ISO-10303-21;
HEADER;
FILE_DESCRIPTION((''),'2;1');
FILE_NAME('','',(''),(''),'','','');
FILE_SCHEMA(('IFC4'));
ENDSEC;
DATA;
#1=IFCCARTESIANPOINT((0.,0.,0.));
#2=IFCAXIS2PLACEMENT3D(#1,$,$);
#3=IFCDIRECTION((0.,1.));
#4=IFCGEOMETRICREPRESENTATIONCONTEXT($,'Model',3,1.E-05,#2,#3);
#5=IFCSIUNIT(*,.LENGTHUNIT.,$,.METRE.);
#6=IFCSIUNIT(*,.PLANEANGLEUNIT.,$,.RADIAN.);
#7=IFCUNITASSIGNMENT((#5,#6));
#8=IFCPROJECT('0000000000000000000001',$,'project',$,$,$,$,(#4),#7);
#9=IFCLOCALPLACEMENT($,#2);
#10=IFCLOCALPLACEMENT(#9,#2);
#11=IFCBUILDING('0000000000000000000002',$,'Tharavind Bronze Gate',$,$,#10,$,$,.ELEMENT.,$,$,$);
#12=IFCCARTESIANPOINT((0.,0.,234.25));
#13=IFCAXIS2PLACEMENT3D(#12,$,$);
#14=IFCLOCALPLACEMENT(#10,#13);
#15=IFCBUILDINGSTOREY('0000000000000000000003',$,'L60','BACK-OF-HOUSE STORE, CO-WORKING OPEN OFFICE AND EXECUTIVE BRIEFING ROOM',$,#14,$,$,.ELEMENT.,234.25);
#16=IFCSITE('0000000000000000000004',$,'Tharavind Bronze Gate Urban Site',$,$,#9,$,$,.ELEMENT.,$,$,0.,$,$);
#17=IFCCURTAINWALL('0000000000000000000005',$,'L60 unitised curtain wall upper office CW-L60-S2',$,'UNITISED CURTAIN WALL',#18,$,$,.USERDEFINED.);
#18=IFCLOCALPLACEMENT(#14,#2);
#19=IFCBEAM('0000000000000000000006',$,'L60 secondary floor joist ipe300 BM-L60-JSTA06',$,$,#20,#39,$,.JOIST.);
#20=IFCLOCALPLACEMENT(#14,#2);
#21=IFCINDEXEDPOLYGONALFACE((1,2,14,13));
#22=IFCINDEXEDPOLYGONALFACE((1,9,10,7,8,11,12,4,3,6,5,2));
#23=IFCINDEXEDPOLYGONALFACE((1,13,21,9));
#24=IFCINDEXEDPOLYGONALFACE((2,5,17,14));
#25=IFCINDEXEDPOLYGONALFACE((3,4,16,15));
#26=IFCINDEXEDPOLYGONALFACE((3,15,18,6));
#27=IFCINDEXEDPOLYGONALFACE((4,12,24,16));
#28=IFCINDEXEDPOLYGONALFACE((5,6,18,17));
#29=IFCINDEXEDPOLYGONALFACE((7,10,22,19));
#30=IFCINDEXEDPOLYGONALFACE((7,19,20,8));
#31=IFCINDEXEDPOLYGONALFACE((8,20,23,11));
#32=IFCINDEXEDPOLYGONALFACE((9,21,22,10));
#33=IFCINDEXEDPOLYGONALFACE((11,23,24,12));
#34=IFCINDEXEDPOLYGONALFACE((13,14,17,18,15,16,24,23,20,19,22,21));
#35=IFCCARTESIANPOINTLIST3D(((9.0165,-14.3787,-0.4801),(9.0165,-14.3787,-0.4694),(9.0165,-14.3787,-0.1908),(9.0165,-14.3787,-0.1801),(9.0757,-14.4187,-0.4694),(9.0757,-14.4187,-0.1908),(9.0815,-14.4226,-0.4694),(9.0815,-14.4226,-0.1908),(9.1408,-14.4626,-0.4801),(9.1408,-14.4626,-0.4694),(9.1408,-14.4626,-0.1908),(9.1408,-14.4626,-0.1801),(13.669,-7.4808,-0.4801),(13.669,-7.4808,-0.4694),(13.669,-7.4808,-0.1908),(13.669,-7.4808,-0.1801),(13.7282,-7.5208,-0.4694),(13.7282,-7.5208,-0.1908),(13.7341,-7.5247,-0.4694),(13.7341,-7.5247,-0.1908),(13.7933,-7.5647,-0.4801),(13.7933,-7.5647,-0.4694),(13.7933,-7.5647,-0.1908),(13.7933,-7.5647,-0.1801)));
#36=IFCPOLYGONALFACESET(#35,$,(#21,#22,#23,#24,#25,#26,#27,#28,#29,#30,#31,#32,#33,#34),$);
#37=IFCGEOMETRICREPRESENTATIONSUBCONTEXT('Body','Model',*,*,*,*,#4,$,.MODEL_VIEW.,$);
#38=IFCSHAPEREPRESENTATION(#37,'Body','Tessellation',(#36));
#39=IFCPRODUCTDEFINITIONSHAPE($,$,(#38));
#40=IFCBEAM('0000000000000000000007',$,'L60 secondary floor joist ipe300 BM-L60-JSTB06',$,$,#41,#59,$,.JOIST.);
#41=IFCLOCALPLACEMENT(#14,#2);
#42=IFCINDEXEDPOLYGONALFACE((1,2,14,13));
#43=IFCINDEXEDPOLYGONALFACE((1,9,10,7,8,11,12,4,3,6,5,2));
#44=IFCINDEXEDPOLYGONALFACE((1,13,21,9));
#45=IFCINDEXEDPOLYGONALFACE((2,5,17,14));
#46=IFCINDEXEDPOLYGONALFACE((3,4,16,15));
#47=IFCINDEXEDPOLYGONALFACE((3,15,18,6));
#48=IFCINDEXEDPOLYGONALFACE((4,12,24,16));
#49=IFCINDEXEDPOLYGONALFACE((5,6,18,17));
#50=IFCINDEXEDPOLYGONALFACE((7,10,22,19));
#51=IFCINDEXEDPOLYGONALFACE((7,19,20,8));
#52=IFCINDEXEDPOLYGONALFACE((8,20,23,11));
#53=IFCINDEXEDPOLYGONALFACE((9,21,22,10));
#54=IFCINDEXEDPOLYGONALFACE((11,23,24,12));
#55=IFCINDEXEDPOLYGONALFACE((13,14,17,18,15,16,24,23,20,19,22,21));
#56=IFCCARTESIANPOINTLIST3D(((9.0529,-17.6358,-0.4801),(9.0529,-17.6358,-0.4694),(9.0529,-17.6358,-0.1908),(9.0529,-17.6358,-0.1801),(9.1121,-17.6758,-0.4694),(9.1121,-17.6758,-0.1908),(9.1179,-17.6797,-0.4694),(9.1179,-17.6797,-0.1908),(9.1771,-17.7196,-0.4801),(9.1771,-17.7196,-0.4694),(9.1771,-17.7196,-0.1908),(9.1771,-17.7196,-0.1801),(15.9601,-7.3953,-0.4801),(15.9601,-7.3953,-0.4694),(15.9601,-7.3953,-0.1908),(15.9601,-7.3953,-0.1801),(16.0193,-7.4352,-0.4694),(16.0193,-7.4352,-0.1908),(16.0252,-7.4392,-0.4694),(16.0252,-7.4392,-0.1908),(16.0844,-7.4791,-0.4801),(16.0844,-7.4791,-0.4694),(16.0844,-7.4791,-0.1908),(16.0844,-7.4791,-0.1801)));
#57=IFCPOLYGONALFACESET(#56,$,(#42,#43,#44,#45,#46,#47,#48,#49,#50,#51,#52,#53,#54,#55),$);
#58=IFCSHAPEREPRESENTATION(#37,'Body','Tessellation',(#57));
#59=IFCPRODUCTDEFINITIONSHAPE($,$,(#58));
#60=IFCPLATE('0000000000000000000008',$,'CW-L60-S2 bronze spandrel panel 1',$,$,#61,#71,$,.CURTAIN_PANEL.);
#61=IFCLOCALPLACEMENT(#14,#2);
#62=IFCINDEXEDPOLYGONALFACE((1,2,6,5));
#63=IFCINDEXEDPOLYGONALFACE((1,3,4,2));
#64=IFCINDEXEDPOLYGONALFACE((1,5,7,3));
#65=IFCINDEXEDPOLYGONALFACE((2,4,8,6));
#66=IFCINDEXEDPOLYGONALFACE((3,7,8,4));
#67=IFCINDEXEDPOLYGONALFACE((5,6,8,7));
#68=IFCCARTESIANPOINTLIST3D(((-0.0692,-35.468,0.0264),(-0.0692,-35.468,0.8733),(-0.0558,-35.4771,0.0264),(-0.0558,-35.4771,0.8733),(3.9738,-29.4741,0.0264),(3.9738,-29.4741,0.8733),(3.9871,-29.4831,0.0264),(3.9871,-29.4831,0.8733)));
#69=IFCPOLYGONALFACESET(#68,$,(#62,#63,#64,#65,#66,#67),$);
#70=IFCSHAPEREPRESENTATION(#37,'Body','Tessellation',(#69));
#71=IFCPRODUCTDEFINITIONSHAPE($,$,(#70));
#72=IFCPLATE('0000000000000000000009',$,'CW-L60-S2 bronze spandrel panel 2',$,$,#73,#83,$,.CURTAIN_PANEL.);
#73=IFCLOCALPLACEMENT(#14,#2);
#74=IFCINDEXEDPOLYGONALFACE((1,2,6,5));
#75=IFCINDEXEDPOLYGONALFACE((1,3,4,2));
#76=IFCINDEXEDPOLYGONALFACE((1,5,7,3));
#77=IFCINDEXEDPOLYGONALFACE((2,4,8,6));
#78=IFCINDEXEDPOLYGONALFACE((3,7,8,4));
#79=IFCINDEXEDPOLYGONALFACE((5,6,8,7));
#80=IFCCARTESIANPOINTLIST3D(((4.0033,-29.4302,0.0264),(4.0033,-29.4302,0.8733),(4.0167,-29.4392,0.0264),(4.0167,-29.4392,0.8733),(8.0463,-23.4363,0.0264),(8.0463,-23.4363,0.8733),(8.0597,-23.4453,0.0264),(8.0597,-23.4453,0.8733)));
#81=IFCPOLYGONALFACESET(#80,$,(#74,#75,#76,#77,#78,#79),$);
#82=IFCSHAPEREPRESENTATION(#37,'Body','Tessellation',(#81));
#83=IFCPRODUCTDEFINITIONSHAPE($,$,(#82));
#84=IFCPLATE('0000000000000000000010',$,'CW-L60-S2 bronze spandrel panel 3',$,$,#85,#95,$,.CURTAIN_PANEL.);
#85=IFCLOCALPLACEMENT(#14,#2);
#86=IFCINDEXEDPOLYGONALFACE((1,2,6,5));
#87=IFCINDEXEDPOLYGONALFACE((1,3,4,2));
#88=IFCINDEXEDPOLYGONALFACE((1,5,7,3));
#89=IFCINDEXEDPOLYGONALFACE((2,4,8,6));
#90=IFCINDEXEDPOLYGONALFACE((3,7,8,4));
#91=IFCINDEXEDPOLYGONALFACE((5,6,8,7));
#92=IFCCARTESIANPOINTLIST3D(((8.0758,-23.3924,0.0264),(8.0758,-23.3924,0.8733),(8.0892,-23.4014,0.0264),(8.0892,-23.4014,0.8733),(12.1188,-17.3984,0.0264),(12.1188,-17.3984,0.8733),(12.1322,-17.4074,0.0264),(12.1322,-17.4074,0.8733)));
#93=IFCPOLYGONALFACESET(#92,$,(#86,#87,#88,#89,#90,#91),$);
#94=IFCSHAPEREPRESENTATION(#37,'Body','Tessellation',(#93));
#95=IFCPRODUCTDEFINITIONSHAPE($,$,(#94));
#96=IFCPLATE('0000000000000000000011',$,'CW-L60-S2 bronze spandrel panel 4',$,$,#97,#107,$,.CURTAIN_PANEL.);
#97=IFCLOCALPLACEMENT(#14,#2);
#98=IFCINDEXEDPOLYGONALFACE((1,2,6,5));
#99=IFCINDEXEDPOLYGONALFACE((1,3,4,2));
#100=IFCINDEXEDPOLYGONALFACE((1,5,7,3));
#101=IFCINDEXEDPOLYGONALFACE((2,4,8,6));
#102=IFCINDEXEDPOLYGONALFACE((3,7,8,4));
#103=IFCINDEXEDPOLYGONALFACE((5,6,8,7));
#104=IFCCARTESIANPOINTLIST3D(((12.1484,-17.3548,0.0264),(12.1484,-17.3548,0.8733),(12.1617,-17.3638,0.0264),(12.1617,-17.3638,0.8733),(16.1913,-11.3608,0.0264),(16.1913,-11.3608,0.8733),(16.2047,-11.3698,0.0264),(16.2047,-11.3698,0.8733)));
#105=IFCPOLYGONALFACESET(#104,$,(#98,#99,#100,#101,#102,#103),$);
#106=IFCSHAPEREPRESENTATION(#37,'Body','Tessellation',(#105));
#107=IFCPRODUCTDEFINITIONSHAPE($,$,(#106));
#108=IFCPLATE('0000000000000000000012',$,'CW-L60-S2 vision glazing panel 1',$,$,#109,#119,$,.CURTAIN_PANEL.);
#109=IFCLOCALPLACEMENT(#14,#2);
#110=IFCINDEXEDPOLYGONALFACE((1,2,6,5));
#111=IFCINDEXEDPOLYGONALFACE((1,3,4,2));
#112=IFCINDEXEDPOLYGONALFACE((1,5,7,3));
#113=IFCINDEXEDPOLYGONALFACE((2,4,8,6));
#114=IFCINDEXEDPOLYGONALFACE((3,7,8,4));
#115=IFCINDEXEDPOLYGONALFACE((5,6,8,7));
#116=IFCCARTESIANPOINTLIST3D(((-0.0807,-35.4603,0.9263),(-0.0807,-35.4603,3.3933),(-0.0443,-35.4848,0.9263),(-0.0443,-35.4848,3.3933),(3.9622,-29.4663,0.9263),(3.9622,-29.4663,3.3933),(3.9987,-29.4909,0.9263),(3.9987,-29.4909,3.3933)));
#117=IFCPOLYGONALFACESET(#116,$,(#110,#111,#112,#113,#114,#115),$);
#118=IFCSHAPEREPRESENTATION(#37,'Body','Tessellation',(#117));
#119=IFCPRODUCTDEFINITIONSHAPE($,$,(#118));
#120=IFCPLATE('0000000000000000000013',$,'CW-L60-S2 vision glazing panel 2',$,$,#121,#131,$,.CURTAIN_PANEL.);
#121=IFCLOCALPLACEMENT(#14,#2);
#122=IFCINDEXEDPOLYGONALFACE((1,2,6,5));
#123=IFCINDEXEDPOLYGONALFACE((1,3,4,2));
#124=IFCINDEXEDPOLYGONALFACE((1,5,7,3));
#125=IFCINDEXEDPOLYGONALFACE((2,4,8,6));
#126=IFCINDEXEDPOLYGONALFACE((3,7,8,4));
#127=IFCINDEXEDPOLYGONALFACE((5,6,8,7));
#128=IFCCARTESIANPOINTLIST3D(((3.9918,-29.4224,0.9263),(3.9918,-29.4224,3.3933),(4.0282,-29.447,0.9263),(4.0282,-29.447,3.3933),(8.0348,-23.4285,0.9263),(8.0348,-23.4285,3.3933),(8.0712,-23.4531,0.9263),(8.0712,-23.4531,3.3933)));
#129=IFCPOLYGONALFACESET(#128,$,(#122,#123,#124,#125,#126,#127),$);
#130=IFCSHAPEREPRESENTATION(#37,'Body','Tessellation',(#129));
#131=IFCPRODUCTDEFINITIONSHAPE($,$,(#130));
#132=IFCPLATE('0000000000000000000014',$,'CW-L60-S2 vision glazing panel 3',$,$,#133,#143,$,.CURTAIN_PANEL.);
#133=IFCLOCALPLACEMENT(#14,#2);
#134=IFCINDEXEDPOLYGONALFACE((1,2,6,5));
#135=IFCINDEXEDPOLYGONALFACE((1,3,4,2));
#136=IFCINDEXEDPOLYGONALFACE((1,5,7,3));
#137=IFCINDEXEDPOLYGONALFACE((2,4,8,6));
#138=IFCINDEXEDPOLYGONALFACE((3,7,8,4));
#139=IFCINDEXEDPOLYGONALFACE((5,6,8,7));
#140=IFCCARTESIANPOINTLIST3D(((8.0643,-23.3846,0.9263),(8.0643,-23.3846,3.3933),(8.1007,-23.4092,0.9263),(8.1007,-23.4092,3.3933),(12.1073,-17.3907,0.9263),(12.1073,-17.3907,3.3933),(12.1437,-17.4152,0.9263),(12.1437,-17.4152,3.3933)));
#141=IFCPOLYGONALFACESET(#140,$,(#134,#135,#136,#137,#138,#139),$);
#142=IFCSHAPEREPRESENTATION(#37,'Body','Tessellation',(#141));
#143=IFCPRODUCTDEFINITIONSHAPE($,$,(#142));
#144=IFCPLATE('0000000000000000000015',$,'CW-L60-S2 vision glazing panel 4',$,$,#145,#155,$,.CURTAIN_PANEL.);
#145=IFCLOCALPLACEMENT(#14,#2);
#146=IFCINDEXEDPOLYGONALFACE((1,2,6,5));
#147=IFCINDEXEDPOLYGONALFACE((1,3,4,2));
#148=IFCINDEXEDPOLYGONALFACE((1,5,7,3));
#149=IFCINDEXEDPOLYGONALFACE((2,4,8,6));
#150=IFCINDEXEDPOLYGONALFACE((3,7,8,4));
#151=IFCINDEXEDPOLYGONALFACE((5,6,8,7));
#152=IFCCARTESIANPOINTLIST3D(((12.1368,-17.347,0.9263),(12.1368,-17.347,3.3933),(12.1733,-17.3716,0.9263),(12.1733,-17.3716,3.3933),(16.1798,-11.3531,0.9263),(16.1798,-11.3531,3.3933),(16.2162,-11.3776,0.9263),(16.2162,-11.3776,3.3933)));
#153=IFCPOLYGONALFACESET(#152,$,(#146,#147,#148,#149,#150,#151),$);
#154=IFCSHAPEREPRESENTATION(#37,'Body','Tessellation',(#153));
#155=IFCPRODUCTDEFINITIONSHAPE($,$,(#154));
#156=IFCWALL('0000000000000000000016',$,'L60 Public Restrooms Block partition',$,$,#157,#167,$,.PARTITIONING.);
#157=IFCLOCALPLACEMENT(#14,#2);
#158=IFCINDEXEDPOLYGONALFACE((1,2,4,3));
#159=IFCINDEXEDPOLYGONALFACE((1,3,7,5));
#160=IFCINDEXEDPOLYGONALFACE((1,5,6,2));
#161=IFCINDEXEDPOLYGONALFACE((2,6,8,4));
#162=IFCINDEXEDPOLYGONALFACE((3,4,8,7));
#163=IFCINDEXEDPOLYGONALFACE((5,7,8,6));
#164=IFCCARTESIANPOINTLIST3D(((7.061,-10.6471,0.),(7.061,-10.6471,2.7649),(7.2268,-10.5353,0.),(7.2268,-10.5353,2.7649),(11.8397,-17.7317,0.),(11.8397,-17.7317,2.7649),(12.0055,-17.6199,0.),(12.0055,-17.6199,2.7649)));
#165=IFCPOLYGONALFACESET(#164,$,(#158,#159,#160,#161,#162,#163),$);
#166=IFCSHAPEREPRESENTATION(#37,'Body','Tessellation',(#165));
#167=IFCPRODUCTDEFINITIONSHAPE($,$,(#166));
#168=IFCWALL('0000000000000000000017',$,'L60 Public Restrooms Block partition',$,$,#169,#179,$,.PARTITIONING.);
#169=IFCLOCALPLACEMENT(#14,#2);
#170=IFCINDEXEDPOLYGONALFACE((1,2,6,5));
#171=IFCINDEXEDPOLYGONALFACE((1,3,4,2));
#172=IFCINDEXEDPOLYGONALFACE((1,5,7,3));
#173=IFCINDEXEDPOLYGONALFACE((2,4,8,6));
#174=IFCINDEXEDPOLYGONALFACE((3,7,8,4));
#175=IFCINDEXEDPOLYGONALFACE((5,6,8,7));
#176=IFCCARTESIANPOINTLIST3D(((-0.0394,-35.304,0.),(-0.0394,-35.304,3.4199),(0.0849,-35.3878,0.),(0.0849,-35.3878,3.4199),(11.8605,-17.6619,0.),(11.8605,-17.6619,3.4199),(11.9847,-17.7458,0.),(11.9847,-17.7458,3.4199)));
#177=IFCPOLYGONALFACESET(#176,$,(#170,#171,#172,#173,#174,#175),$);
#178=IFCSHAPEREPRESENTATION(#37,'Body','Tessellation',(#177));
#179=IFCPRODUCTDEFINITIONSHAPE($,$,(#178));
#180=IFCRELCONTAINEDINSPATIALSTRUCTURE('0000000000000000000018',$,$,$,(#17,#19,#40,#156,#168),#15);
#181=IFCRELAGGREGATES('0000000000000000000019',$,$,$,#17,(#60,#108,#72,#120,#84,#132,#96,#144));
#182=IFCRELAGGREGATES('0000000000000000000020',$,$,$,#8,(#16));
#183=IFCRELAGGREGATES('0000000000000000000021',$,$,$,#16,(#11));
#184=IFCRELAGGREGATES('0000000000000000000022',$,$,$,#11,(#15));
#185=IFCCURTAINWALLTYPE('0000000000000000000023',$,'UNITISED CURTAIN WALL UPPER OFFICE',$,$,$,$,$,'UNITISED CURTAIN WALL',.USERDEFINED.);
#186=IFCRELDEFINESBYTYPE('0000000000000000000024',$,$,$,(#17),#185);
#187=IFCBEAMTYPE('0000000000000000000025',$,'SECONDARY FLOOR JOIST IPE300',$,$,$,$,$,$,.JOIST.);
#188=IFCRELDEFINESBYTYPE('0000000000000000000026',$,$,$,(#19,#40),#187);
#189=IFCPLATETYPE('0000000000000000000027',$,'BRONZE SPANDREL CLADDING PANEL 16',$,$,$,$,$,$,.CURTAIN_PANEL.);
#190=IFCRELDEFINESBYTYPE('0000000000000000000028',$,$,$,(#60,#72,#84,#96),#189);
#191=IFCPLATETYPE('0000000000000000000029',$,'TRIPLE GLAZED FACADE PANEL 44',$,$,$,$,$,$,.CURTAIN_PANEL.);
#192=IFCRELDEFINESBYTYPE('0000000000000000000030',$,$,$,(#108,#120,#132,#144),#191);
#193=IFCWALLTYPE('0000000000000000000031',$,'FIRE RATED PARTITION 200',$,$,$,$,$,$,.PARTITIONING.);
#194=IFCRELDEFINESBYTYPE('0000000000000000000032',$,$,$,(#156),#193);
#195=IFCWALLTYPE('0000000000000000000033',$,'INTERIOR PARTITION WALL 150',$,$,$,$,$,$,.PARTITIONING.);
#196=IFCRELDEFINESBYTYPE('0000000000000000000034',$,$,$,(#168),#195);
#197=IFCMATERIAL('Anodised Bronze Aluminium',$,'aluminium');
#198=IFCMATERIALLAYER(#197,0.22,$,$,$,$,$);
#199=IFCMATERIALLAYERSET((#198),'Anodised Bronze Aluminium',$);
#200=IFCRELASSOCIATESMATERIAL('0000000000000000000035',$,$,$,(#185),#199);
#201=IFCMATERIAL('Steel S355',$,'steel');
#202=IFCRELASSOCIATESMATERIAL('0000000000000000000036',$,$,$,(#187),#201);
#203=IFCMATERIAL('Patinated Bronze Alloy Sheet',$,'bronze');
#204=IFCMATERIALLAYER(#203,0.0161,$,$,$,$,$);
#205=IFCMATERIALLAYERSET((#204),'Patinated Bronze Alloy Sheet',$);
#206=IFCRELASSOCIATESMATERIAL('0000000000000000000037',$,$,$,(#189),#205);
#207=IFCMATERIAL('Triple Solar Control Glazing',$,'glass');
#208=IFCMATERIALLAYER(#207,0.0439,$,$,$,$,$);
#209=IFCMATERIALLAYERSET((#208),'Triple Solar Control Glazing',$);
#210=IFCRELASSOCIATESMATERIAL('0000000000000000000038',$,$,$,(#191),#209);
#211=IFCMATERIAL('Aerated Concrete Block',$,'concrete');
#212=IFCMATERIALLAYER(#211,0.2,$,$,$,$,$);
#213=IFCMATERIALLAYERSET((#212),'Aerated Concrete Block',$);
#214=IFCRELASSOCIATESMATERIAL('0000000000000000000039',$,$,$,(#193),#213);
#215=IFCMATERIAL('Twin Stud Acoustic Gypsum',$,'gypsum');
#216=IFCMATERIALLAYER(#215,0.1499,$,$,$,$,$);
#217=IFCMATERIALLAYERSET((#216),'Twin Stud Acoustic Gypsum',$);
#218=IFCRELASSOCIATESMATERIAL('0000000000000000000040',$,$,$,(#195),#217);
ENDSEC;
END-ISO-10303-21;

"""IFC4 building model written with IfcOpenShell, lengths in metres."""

from ifc_helpers import new_model, si_unit, direction, frame, frame_2d, origin, origin_2d, place, context, subcontext, project, spatial, rectangle, i_section, extrude, material, layer, layer_set, material_profile, profile_set, type_object, element, aggregate, save


model = new_model("IFC4")

# Units and contexts
model_context = context("Model", 3, precision=1e-05, world=origin(), true_north=direction((0.0, 1.0)))
body_context = subcontext(model_context, "Body", "Model", "MODEL_VIEW")
ifc_project = project(units=[si_unit("LENGTHUNIT", "METRE"), si_unit("PLANEANGLEUNIT", "RADIAN")], contexts=[model_context])

# Site, building, storey
site_placement = place(None, origin())
site = spatial("IfcSite", under=ifc_project, at=site_placement, Name="Tharavind Bronze Gate Urban Site", CompositionType="ELEMENT", RefElevation=0.0)
building_placement = place(site_placement, origin())
building = spatial("IfcBuilding", under=site, at=building_placement, Name="Tharavind Bronze Gate", CompositionType="ELEMENT")
storey_placement = place(building_placement, frame((0.0, 0.0, 234.25)))
storey = spatial("IfcBuildingStorey", under=building, at=storey_placement, Name="L60", Description="BACK-OF-HOUSE STORE, CO-WORKING OPEN OFFICE AND EXECUTIVE BRIEFING ROOM", CompositionType="ELEMENT", Elevation=234.25)

# Curtain wall
ifc_material_1 = material(Name="Anodised Bronze Aluminium", Category="aluminium")
ifc_layer_1 = layer(ifc_material_1, 0.22)
ifc_layer_set_1 = layer_set([ifc_layer_1], Name="Anodised Bronze Aluminium")
curtain_wall_type = type_object("IfcCurtainWallType", Name="UNITISED CURTAIN WALL UPPER OFFICE", ElementType="UNITISED CURTAIN WALL", PredefinedType="USERDEFINED", material=ifc_layer_set_1)
curtain_wall_placement = place(storey_placement, origin())
curtain_wall = element("IfcCurtainWall", 1, at=curtain_wall_placement, inside=storey, type_object=curtain_wall_type, Name="L60 unitised curtain wall upper office CW-L60-S2", ObjectType="UNITISED CURTAIN WALL", PredefinedType="USERDEFINED")

# Beams
ifc_material_2 = material(Name="Steel S355", Category="steel")
ifc_material_profile_1 = material_profile(ifc_material_2, i_section(OverallWidth=0.1499, OverallDepth=0.3, WebThickness=0.0071, FlangeThickness=0.0107, at=origin_2d()), Name="IPE300")
ifc_profile_set_1 = profile_set([ifc_material_profile_1], Name="Steel S355")
beam_type_1 = type_object("IfcBeamType", Name="SECONDARY FLOOR JOIST IPE300", PredefinedType="JOIST", material=ifc_profile_set_1)
beam_1_placement = place(storey_placement, frame((9.0786, -14.4207, -0.3301), z_axis=(0.559182, 0.829045, 0.0), x_axis=(-0.829045, 0.559182, 0.0)))
element("IfcBeam", 2, at=beam_1_placement, inside=storey, type_object=beam_type_1, Name="L60 secondary floor joist ipe300 BM-L60-JSTA06", PredefinedType="JOIST", context=body_context, shape_type="SweptSolid", body=[
    extrude(i_section(OverallWidth=0.1499, OverallDepth=0.3, WebThickness=0.0071, FlangeThickness=0.0107, at=origin_2d()), origin(), (0.0, 0.0, 1.0), 8.3203),
])
beam_2_placement = place(storey_placement, frame((9.115, -17.6777, -0.3301), z_axis=(0.559189, 0.82904, 0.0), x_axis=(-0.82904, 0.559189, 0.0)))
element("IfcBeam", 3, at=beam_2_placement, inside=storey, type_object=beam_type_1, Name="L60 secondary floor joist ipe300 BM-L60-JSTB06", PredefinedType="JOIST", context=body_context, shape_type="SweptSolid", body=[
    extrude(i_section(OverallWidth=0.1499, OverallDepth=0.3, WebThickness=0.0071, FlangeThickness=0.0107, at=origin_2d()), origin(), (0.0, 0.0, 1.0), 12.3523),
])

# Plates
ifc_material_3 = material(Name="Patinated Bronze Alloy Sheet", Category="bronze")
ifc_layer_2 = layer(ifc_material_3, 0.0161)
ifc_layer_set_2 = layer_set([ifc_layer_2], Name="Patinated Bronze Alloy Sheet")
plate_type_1 = type_object("IfcPlateType", Name="BRONZE SPANDREL CLADDING PANEL 16", PredefinedType="CURTAIN_PANEL", material=ifc_layer_set_2)
plate_1_placement = place(storey_placement, frame((1.959, -32.4756, 0.0264), z_axis=(0.0, 0.0, 1.0), x_axis=(0.559193, 0.829038, 0.0)))
plate_1 = element("IfcPlate", 4, at=plate_1_placement, type_object=plate_type_1, Name="CW-L60-S2 bronze spandrel panel 1", PredefinedType="CURTAIN_PANEL", context=body_context, shape_type="SweptSolid", body=[
    extrude(rectangle(XDim=7.23, YDim=0.0161, at=origin_2d()), origin(), (0.0, 0.0, 1.0), 0.8469),
])
plate_2_placement = place(storey_placement, frame((6.0315, -26.4377, 0.0264), z_axis=(0.0, 0.0, 1.0), x_axis=(0.559193, 0.829038, 0.0)))
plate_2 = element("IfcPlate", 5, at=plate_2_placement, type_object=plate_type_1, Name="CW-L60-S2 bronze spandrel panel 2", PredefinedType="CURTAIN_PANEL", context=body_context, shape_type="SweptSolid", body=[
    extrude(rectangle(XDim=7.23, YDim=0.0161, at=origin_2d()), origin(), (0.0, 0.0, 1.0), 0.8469),
])
plate_3_placement = place(storey_placement, frame((10.104, -20.3999, 0.0264), z_axis=(0.0, 0.0, 1.0), x_axis=(0.559193, 0.829038, 0.0)))
plate_3 = element("IfcPlate", 6, at=plate_3_placement, type_object=plate_type_1, Name="CW-L60-S2 bronze spandrel panel 3", PredefinedType="CURTAIN_PANEL", context=body_context, shape_type="SweptSolid", body=[
    extrude(rectangle(XDim=7.23, YDim=0.0161, at=origin_2d()), origin(), (0.0, 0.0, 1.0), 0.8469),
])
plate_4_placement = place(storey_placement, frame((14.1765, -14.3623, 0.0264), z_axis=(0.0, 0.0, 1.0), x_axis=(0.559193, 0.829038, 0.0)))
plate_4 = element("IfcPlate", 7, at=plate_4_placement, type_object=plate_type_1, Name="CW-L60-S2 bronze spandrel panel 4", PredefinedType="CURTAIN_PANEL", context=body_context, shape_type="SweptSolid", body=[
    extrude(rectangle(XDim=7.23, YDim=0.0161, at=origin_2d()), origin(), (0.0, 0.0, 1.0), 0.8469),
])
ifc_material_4 = material(Name="Triple Solar Control Glazing", Category="glass")
ifc_layer_3 = layer(ifc_material_4, 0.0439)
ifc_layer_set_3 = layer_set([ifc_layer_3], Name="Triple Solar Control Glazing")
plate_type_2 = type_object("IfcPlateType", Name="TRIPLE GLAZED FACADE PANEL 44", PredefinedType="CURTAIN_PANEL", material=ifc_layer_set_3)
plate_5_placement = place(storey_placement, frame((1.959, -32.4756, 0.9263), z_axis=(0.0, 0.0, 1.0), x_axis=(0.559193, 0.829038, 0.0)))
plate_5 = element("IfcPlate", 8, at=plate_5_placement, type_object=plate_type_2, Name="CW-L60-S2 vision glazing panel 1", PredefinedType="CURTAIN_PANEL", context=body_context, shape_type="SweptSolid", body=[
    extrude(rectangle(XDim=7.23, YDim=0.0439, at=origin_2d()), origin(), (0.0, 0.0, 1.0), 2.467),
])
plate_6_placement = place(storey_placement, frame((6.0315, -26.4377, 0.9263), z_axis=(0.0, 0.0, 1.0), x_axis=(0.559193, 0.829038, 0.0)))
plate_6 = element("IfcPlate", 9, at=plate_6_placement, type_object=plate_type_2, Name="CW-L60-S2 vision glazing panel 2", PredefinedType="CURTAIN_PANEL", context=body_context, shape_type="SweptSolid", body=[
    extrude(rectangle(XDim=7.23, YDim=0.0439, at=origin_2d()), origin(), (0.0, 0.0, 1.0), 2.467),
])
plate_7_placement = place(storey_placement, frame((10.104, -20.3999, 0.9263), z_axis=(0.0, 0.0, 1.0), x_axis=(0.559193, 0.829038, 0.0)))
plate_7 = element("IfcPlate", 10, at=plate_7_placement, type_object=plate_type_2, Name="CW-L60-S2 vision glazing panel 3", PredefinedType="CURTAIN_PANEL", context=body_context, shape_type="SweptSolid", body=[
    extrude(rectangle(XDim=7.23, YDim=0.0439, at=origin_2d()), origin(), (0.0, 0.0, 1.0), 2.467),
])
plate_8_placement = place(storey_placement, frame((14.1765, -14.3623, 0.9263), z_axis=(0.0, 0.0, 1.0), x_axis=(0.559193, 0.829038, 0.0)))
plate_8 = element("IfcPlate", 11, at=plate_8_placement, type_object=plate_type_2, Name="CW-L60-S2 vision glazing panel 4", PredefinedType="CURTAIN_PANEL", context=body_context, shape_type="SweptSolid", body=[
    extrude(rectangle(XDim=7.23, YDim=0.0439, at=origin_2d()), origin(), (0.0, 0.0, 1.0), 2.467),
])
aggregate(curtain_wall, [plate_1, plate_5, plate_2, plate_6, plate_3, plate_7, plate_4, plate_8])

# Wall
ifc_material_5 = material(Name="Aerated Concrete Block", Category="concrete")
ifc_layer_4 = layer(ifc_material_5, 0.2)
ifc_layer_set_4 = layer_set([ifc_layer_4], Name="Aerated Concrete Block")
wall_type_1 = type_object("IfcWallType", Name="FIRE RATED PARTITION 200", PredefinedType="PARTITIONING", material=ifc_layer_set_4)
wall_1_placement = place(storey_placement, frame((7.1438, -10.5911, 0.0), z_axis=(0.0, 0.0, 1.0), x_axis=(0.559201, -0.829032, 0.0)))
element("IfcWall", 12, at=wall_1_placement, inside=storey, type_object=wall_type_1, Name="L60 Public Restrooms Block partition", PredefinedType="PARTITIONING", context=body_context, shape_type="SweptSolid", body=[
    extrude(rectangle(XDim=8.5457, YDim=0.2, at=frame_2d((4.2729, 0.0))), origin(), (0.0, 0.0, 1.0), 2.7649),
])

# Wall
ifc_material_6 = material(Name="Twin Stud Acoustic Gypsum", Category="gypsum")
ifc_layer_5 = layer(ifc_material_6, 0.1499)
ifc_layer_set_5 = layer_set([ifc_layer_5], Name="Twin Stud Acoustic Gypsum")
wall_type_2 = type_object("IfcWallType", Name="INTERIOR PARTITION WALL 150", PredefinedType="PARTITIONING", material=ifc_layer_set_5)
wall_2_placement = place(storey_placement, frame((11.9226, -17.7039, 0.0), z_axis=(0.0, 0.0, 1.0), x_axis=(-0.559198, -0.829034, 0.0)))
element("IfcWall", 13, at=wall_2_placement, inside=storey, type_object=wall_type_2, Name="L60 Public Restrooms Block partition", PredefinedType="PARTITIONING", context=body_context, shape_type="SweptSolid", body=[
    extrude(rectangle(XDim=21.2803, YDim=0.1499, at=frame_2d((10.6401, 0.0))), origin(), (0.0, 0.0, 1.0), 3.4199),
])

save(model, "model.ifc")
